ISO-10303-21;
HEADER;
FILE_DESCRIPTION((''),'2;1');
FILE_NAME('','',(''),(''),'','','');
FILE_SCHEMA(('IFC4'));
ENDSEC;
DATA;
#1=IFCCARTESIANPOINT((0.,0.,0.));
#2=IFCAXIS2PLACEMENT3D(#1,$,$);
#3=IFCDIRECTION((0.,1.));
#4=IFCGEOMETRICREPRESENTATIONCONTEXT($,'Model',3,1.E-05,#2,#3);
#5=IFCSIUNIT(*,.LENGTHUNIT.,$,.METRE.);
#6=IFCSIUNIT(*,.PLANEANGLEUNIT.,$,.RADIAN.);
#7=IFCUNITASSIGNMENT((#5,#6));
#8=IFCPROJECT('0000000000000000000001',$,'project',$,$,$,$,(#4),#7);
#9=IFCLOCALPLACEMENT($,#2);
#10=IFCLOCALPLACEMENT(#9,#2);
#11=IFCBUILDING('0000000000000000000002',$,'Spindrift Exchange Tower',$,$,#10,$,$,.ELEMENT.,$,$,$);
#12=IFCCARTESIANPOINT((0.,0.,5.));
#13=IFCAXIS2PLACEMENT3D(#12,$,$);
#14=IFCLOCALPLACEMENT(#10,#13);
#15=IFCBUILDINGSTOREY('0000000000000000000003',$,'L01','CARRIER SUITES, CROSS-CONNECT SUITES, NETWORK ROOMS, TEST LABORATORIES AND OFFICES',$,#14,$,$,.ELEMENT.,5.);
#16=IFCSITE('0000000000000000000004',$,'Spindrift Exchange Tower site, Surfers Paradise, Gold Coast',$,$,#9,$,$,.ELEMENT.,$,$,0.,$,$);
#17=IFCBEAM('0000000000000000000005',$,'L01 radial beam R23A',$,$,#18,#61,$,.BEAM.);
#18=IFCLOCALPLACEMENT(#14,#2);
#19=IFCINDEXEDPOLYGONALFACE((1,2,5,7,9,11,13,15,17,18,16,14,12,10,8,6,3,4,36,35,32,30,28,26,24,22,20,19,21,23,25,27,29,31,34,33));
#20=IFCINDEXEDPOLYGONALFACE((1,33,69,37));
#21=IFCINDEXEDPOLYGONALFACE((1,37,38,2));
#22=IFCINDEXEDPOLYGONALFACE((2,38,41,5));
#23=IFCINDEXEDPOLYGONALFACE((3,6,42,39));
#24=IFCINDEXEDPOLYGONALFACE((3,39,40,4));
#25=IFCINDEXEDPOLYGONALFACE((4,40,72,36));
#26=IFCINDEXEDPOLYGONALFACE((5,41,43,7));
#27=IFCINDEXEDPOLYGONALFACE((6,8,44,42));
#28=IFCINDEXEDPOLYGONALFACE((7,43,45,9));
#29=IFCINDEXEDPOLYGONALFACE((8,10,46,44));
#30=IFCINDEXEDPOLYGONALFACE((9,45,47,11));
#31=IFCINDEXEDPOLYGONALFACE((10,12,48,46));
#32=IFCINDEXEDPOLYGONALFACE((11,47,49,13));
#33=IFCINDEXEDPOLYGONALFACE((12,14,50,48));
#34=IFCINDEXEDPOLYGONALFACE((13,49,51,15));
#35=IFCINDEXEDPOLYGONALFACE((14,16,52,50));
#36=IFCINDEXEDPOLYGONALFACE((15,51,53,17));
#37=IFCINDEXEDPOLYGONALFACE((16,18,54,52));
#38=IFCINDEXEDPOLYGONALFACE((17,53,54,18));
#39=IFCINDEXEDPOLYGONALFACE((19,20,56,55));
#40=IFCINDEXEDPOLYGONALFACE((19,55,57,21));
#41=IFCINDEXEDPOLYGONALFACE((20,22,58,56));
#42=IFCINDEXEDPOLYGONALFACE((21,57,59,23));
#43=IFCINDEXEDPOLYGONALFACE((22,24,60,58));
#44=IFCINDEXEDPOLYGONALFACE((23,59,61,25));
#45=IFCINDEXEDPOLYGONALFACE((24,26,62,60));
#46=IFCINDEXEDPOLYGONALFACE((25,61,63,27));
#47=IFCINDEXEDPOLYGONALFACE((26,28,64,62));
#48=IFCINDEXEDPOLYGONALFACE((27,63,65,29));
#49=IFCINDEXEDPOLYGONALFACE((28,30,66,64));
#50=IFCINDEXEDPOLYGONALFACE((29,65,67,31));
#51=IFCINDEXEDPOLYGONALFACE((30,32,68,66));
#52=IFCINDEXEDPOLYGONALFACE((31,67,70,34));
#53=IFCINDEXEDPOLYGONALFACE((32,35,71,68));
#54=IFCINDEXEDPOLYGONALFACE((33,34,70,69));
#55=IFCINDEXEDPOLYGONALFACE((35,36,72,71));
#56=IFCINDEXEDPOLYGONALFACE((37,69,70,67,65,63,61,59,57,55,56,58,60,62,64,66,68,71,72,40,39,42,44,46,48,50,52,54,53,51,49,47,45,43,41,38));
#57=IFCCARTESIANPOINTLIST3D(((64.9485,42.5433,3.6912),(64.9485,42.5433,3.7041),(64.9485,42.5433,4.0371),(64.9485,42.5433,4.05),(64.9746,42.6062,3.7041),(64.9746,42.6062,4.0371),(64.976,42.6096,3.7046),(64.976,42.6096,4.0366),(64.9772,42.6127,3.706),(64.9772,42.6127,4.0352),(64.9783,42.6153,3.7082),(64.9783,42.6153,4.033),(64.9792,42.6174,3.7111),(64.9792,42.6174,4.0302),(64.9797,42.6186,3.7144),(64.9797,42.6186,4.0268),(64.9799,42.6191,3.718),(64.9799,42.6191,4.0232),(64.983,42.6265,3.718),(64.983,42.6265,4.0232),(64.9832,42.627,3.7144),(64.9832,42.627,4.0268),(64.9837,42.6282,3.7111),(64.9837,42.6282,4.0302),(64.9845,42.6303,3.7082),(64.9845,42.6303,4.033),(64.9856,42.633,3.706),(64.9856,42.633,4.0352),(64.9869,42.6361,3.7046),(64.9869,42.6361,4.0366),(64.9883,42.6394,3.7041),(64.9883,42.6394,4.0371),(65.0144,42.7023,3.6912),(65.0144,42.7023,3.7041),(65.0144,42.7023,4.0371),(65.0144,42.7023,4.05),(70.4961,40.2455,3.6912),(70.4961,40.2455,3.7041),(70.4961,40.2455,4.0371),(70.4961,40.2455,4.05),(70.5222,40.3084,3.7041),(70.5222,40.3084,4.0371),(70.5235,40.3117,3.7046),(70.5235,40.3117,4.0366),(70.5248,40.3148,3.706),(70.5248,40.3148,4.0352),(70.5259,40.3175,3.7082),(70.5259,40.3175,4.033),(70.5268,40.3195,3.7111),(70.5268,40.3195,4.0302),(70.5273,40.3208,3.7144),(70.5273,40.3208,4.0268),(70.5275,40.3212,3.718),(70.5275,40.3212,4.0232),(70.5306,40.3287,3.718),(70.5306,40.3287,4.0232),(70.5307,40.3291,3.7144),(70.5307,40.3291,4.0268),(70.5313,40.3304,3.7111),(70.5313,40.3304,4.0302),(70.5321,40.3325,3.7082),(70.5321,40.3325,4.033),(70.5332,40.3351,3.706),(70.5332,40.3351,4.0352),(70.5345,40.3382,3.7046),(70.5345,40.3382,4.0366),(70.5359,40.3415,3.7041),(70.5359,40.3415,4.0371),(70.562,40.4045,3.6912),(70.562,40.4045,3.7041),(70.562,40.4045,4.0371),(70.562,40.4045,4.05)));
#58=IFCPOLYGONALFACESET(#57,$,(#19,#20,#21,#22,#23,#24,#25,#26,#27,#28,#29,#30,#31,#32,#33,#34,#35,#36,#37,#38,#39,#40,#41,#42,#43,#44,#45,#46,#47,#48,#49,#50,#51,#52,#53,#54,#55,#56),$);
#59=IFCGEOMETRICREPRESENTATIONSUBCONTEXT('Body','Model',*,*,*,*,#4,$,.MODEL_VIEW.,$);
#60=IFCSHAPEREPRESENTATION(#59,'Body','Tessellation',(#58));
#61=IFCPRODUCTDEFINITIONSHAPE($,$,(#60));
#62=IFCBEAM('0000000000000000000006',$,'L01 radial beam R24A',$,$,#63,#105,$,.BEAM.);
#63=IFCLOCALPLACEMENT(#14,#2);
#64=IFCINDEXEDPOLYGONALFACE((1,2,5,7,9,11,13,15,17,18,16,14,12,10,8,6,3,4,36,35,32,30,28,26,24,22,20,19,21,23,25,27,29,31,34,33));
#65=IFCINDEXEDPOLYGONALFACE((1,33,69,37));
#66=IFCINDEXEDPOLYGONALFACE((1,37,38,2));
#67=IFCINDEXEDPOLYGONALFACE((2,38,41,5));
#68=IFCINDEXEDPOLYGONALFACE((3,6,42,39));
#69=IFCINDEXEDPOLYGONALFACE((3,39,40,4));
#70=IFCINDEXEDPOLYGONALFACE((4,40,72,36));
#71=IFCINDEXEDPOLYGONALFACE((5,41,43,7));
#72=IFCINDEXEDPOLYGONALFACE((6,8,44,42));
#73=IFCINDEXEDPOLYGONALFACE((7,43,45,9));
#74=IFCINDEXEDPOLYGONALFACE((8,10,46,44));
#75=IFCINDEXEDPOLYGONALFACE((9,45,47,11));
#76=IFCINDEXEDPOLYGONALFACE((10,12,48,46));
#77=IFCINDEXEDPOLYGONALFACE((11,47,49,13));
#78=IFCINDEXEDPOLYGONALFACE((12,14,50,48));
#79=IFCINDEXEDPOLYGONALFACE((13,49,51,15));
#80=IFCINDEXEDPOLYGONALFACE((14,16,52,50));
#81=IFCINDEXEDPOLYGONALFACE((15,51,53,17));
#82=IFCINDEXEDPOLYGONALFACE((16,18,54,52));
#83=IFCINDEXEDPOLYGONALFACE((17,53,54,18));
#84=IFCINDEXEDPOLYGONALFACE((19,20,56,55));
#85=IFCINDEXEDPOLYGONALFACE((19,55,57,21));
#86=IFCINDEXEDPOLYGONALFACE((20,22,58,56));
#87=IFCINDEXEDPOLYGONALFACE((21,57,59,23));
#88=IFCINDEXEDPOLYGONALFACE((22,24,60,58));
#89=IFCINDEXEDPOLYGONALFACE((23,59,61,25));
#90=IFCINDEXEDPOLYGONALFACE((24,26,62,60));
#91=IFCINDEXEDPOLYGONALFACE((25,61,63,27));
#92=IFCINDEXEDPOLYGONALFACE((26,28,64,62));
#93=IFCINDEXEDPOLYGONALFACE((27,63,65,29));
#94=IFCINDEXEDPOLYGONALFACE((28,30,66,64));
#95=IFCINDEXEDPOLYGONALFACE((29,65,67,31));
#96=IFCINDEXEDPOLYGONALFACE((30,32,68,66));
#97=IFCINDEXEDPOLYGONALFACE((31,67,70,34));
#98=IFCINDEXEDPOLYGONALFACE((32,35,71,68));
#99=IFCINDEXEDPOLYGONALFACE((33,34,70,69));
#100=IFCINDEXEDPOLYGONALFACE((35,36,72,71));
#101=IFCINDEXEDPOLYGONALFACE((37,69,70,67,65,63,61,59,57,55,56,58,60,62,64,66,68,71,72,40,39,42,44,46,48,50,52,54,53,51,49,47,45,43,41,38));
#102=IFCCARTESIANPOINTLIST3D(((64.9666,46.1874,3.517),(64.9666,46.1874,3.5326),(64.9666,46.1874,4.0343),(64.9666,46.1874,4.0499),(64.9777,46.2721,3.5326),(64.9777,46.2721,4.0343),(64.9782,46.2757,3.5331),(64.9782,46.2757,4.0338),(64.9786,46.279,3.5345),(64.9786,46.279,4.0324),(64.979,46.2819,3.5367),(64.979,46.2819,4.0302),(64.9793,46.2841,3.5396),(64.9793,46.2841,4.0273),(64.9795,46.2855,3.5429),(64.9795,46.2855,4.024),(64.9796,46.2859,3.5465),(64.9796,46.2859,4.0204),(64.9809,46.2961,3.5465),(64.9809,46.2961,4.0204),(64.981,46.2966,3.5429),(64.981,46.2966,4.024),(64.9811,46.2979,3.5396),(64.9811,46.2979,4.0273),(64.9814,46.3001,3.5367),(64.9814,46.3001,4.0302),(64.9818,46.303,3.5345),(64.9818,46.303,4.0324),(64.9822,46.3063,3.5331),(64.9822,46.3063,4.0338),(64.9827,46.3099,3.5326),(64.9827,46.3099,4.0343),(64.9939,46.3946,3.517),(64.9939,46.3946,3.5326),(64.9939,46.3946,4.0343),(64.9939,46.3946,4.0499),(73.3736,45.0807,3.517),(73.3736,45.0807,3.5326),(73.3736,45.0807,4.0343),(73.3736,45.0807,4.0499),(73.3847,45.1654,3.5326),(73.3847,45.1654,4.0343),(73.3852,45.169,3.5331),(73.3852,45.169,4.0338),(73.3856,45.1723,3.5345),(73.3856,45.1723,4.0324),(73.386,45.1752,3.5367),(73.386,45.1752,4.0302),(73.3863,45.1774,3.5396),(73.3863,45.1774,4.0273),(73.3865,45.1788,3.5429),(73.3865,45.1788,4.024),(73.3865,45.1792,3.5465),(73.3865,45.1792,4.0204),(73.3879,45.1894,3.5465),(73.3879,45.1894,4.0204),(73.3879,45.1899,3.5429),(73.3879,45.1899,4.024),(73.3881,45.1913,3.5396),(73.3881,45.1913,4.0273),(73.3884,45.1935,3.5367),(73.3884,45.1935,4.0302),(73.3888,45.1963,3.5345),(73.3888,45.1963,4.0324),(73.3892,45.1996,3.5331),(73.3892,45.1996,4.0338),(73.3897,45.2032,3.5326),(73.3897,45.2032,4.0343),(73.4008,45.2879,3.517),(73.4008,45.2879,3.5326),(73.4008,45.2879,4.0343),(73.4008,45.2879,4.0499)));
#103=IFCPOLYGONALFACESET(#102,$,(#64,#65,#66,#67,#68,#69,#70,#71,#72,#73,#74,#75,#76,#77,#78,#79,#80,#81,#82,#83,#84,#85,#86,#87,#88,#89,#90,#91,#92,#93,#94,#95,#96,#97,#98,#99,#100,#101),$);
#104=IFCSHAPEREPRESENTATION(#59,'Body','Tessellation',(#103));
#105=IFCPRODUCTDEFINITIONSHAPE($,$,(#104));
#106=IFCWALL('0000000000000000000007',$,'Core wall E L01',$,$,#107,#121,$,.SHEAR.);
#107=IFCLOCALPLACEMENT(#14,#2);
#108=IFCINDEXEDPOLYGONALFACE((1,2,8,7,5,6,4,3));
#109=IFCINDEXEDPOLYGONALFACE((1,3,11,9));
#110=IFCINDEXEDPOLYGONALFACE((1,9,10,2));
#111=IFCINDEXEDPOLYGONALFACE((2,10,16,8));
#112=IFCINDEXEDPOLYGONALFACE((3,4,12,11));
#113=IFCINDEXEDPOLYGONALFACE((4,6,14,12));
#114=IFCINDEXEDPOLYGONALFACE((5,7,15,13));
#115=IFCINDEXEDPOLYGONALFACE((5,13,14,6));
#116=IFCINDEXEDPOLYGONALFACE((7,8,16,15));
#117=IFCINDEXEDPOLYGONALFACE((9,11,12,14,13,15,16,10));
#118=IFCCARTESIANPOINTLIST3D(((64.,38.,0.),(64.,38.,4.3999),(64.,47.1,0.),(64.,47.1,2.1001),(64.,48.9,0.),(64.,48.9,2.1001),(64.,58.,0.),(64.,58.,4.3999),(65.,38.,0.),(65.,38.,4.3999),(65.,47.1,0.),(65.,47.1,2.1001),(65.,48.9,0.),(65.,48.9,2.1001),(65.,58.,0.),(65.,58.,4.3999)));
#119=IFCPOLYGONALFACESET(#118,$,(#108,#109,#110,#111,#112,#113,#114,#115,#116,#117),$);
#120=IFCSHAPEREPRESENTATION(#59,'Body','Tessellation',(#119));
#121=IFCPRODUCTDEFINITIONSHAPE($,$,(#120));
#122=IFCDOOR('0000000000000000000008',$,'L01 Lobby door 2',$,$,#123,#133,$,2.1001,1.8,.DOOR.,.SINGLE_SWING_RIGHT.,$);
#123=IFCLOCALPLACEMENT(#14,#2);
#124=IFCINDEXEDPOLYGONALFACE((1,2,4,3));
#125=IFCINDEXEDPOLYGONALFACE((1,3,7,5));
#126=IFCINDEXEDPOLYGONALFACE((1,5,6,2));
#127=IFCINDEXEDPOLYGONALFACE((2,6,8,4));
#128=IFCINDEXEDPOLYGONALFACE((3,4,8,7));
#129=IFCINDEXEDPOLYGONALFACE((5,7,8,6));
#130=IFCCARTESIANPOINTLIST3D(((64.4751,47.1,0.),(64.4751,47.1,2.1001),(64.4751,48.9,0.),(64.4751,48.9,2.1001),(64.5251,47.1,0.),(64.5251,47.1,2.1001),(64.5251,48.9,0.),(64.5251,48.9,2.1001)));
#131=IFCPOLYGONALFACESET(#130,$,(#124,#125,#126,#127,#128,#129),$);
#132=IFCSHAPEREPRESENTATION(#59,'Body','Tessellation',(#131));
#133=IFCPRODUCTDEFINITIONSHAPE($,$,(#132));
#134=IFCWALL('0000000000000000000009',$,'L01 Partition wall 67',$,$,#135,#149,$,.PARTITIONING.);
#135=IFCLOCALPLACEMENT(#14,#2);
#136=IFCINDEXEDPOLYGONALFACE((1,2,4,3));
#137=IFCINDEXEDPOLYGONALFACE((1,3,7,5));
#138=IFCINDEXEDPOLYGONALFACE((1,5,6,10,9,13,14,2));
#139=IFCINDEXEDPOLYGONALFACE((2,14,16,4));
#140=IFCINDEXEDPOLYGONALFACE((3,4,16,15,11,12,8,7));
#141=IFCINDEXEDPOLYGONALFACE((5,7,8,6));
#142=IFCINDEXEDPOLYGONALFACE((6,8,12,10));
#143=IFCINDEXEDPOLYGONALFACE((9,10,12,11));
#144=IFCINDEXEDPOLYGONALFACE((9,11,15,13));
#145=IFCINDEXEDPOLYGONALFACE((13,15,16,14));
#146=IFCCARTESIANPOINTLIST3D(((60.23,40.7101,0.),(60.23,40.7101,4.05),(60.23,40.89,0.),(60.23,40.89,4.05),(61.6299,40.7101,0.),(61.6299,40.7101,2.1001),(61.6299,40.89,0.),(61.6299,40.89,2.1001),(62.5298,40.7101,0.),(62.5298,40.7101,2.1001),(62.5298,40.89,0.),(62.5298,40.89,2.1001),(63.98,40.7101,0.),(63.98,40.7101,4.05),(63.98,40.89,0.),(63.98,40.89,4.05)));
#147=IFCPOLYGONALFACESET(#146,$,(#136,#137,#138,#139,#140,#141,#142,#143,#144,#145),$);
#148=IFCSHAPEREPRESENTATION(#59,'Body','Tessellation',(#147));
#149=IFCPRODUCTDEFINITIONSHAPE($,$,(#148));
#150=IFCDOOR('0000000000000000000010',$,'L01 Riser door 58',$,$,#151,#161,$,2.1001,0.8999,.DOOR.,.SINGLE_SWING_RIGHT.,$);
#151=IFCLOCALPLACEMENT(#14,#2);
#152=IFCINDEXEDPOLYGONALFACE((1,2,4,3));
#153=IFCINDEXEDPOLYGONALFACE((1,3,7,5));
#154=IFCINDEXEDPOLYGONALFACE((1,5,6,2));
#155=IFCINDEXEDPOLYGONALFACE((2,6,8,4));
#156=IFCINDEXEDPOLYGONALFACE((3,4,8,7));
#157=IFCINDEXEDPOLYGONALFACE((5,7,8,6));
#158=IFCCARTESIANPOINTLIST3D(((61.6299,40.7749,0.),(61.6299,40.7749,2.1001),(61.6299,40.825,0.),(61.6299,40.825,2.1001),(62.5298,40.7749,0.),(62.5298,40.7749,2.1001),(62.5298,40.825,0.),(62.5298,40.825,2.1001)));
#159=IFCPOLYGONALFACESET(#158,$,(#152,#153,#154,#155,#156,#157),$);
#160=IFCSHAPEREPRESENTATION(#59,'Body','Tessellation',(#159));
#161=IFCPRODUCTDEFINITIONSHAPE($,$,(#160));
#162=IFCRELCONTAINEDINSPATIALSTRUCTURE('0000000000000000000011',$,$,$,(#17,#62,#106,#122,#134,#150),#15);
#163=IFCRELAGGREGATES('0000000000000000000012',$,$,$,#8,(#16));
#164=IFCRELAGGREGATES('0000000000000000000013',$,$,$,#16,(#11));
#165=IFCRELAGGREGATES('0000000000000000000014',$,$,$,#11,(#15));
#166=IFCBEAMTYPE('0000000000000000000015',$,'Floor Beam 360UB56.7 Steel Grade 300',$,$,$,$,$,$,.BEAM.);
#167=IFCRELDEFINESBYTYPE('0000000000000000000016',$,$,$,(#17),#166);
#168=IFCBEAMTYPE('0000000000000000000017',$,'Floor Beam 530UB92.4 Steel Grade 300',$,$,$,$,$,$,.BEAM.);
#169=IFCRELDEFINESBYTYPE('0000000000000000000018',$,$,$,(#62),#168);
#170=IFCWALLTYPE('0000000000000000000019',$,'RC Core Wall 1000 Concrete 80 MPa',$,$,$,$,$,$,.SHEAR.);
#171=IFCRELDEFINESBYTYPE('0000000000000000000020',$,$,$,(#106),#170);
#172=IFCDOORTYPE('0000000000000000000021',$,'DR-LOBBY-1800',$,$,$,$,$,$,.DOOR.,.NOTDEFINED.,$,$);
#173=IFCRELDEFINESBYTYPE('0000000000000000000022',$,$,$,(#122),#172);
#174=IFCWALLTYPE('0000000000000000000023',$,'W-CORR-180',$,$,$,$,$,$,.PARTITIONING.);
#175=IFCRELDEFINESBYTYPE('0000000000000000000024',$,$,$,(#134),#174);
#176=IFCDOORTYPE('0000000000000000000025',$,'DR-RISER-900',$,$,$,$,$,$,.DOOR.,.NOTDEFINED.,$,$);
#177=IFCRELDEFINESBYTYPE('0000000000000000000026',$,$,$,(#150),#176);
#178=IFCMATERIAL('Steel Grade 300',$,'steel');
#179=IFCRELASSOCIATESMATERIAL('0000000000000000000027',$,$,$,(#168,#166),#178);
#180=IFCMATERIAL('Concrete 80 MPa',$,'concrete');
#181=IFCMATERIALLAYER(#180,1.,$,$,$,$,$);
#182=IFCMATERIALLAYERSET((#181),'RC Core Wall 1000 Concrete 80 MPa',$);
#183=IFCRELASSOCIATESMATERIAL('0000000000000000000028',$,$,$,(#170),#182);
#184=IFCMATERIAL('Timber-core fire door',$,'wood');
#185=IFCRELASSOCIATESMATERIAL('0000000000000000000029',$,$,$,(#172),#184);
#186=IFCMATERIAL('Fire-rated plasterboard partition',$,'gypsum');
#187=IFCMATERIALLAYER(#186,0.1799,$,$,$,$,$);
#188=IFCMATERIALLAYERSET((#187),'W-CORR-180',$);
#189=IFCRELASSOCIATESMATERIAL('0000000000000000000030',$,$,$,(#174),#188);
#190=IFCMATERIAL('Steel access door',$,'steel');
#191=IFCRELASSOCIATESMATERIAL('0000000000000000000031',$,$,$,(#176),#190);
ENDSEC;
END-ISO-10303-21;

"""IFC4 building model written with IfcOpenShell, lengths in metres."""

from ifc_helpers import new_model, si_unit, direction, frame, frame_2d, origin, origin_2d, place, context, subcontext, project, spatial, rectangle, i_section, extrude, source, transform, mapped, material, layer, layer_set, material_profile, profile_set, type_object, element, fill, save


model = new_model("IFC4")

# Units and contexts
model_context = context("Model", 3, precision=1e-05, world=origin(), true_north=direction((0.0, 1.0)))
body_context = subcontext(model_context, "Body", "Model", "MODEL_VIEW")
ifc_project = project(units=[si_unit("LENGTHUNIT", "METRE"), si_unit("PLANEANGLEUNIT", "RADIAN")], contexts=[model_context])

# Site, building, storey
site_placement = place(None, origin())
site = spatial("IfcSite", under=ifc_project, at=site_placement, Name="Spindrift Exchange Tower site, Surfers Paradise, Gold Coast", CompositionType="ELEMENT", RefElevation=0.0)
building_placement = place(site_placement, origin())
building = spatial("IfcBuilding", under=site, at=building_placement, Name="Spindrift Exchange Tower", CompositionType="ELEMENT")
storey_placement = place(building_placement, frame((0.0, 0.0, 5.0)))
storey = spatial("IfcBuildingStorey", under=building, at=storey_placement, Name="L01", Description="CARRIER SUITES, CROSS-CONNECT SUITES, NETWORK ROOMS, TEST LABORATORIES AND OFFICES", CompositionType="ELEMENT", Elevation=5.0)

# Shared definitions
ifc_material_1 = material(Name="Concrete 80 MPa", Category="concrete")

# Beams
ifc_material_2 = material(Name="Steel Grade 300", Category="steel")
ifc_material_profile_1 = material_profile(ifc_material_2, i_section(OverallWidth=0.209, OverallDepth=0.533, WebThickness=0.0103, FlangeThickness=0.0156, FilletRadius=0.0139, at=origin_2d()), Name="530UB92.4")
ifc_profile_set_1 = profile_set([ifc_material_profile_1], Name="Steel Grade 300")
beam_type_1 = type_object("IfcBeamType", Name="Floor Beam 530UB92.4 Steel Grade 300", PredefinedType="BEAM", material=ifc_profile_set_1)
ifc_material_profile_2 = material_profile(ifc_material_2, i_section(OverallWidth=0.1721, OverallDepth=0.3589, WebThickness=0.0081, FlangeThickness=0.0129, FilletRadius=0.0139, at=origin_2d()), Name="360UB56.7")
ifc_profile_set_2 = profile_set([ifc_material_profile_2], Name="Steel Grade 300")
beam_type_2 = type_object("IfcBeamType", Name="Floor Beam 360UB56.7 Steel Grade 300", PredefinedType="BEAM", material=ifc_profile_set_2)
shared_shape_1 = source(origin(), body_context, "Body", "SweptSolid", [
    extrude(i_section(OverallWidth=0.1721, OverallDepth=0.3589, WebThickness=0.0081, FlangeThickness=0.0129, FilletRadius=0.0139, at=origin_2d()), origin(), (0.0, 0.0, 1.0), 6.0046),
])
beam_1_placement = place(storey_placement, frame((64.9814, 42.6228, 3.8706), z_axis=(0.923882, -0.382677, 0.0), x_axis=(0.382677, 0.923882, 0.0)))
element("IfcBeam", 1, at=beam_1_placement, inside=storey, type_object=beam_type_2, Name="L01 radial beam R23A", PredefinedType="BEAM", context=body_context, shape_type="MappedRepresentation", body=[
    mapped(shared_shape_1, transform((0.0, 0.0, 0.0), scale=1.0)),
])
shared_shape_2 = source(origin(), body_context, "Body", "SweptSolid", [
    extrude(i_section(OverallWidth=0.209, OverallDepth=0.533, WebThickness=0.0103, FlangeThickness=0.0156, FilletRadius=0.0139, at=origin_2d()), origin(), (0.0, 0.0, 1.0), 8.4795),
])
beam_2_placement = place(storey_placement, frame((64.9802, 46.291, 3.7834), z_axis=(0.991447, -0.130513, 0.0), x_axis=(0.130513, 0.991447, 0.0)))
element("IfcBeam", 2, at=beam_2_placement, inside=storey, type_object=beam_type_1, Name="L01 radial beam R24A", PredefinedType="BEAM", context=body_context, shape_type="MappedRepresentation", body=[
    mapped(shared_shape_2, transform((0.0, 0.0, 0.0), scale=1.0)),
])

# Walls, openings, doors
ifc_layer_1 = layer(ifc_material_1, 1.0)
ifc_layer_set_1 = layer_set([ifc_layer_1], Name="RC Core Wall 1000 Concrete 80 MPa")
wall_type_1 = type_object("IfcWallType", Name="RC Core Wall 1000 Concrete 80 MPa", PredefinedType="SHEAR", material=ifc_layer_set_1)
wall_1_placement = place(storey_placement, frame((64.5, 38.0, 0.0), z_axis=(0.0, 0.0, 1.0), x_axis=(0.0, 1.0, 0.0)))
wall_1 = element("IfcWall", 3, at=wall_1_placement, inside=storey, type_object=wall_type_1, Name="Core wall E L01", PredefinedType="SHEAR", context=body_context, shape_type="SweptSolid", body=[
    extrude(rectangle(XDim=20.0, YDim=1.0, at=frame_2d((10.0, 0.0))), origin(), (0.0, 0.0, 1.0), 4.3999),
])
opening_1_placement = place(wall_1_placement, frame((9.1001, 0.0, 0.0)))
opening_1 = element("IfcOpeningElement", 4, at=opening_1_placement, cuts=wall_1, PredefinedType="OPENING", context=body_context, shape_type="SweptSolid", body=[
    extrude(rectangle(XDim=1.8, YDim=2.1001, at=frame_2d((0.8999, 1.05))), frame((0.0, 0.51, 0.0), z_axis=(0.0, -1.0, 0.0), x_axis=(1.0, 0.0, 0.0)), (0.0, 0.0, 1.0), 1.02),
])
ifc_material_3 = material(Name="Timber-core fire door", Category="wood")
door_type_1 = type_object("IfcDoorType", Name="DR-LOBBY-1800", OperationType="NOTDEFINED", PredefinedType="DOOR", material=ifc_material_3)
shared_shape_3 = source(origin(), body_context, "Body", "SweptSolid", [
    extrude(rectangle(XDim=1.8, YDim=2.1001, at=frame_2d((0.8999, 1.05))), frame((0.0, 0.0249, 0.0), z_axis=(0.0, -1.0, 0.0), x_axis=(1.0, 0.0, 0.0)), (0.0, 0.0, 1.0), 0.05),
])
door_1_placement = place(opening_1_placement, origin())
door_1 = element("IfcDoor", 5, at=door_1_placement, inside=storey, type_object=door_type_1, Name="L01 Lobby door 2", OperationType="SINGLE_SWING_RIGHT", OverallHeight=2.1001, OverallWidth=1.8, PredefinedType="DOOR", context=body_context, shape_type="MappedRepresentation", body=[
    mapped(shared_shape_3, transform((0.0, 0.0, 0.0), scale=1.0)),
])
fill(opening_1, door_1)
ifc_material_4 = material(Name="Fire-rated plasterboard partition", Category="gypsum")
ifc_layer_2 = layer(ifc_material_4, 0.1799)
ifc_layer_set_2 = layer_set([ifc_layer_2], Name="W-CORR-180")
wall_type_2 = type_object("IfcWallType", Name="W-CORR-180", PredefinedType="PARTITIONING", material=ifc_layer_set_2)
wall_2_placement = place(storey_placement, frame((60.23, 40.8, 0.0), z_axis=(0.0, 0.0, 1.0), x_axis=(1.0, 0.0, 0.0)))
wall_2 = element("IfcWall", 6, at=wall_2_placement, inside=storey, type_object=wall_type_2, Name="L01 Partition wall 67", PredefinedType="PARTITIONING", context=body_context, shape_type="SweptSolid", body=[
    extrude(rectangle(XDim=3.75, YDim=0.1799, at=frame_2d((1.875, 0.0))), origin(), (0.0, 0.0, 1.0), 4.05),
])
opening_2_placement = place(wall_2_placement, frame((1.3999, 0.0, 0.0)))
opening_2 = element("IfcOpeningElement", 7, at=opening_2_placement, cuts=wall_2, PredefinedType="OPENING", context=body_context, shape_type="SweptSolid", body=[
    extrude(rectangle(XDim=0.8999, YDim=2.1001, at=frame_2d((0.45, 1.05))), frame((0.0, 0.0999, 0.0), z_axis=(0.0, -1.0, 0.0), x_axis=(1.0, 0.0, 0.0)), (0.0, 0.0, 1.0), 0.2),
])
ifc_material_5 = material(Name="Steel access door", Category="steel")
door_type_2 = type_object("IfcDoorType", Name="DR-RISER-900", OperationType="NOTDEFINED", PredefinedType="DOOR", material=ifc_material_5)
shared_shape_4 = source(origin(), body_context, "Body", "SweptSolid", [
    extrude(rectangle(XDim=0.8999, YDim=2.1001, at=frame_2d((0.45, 1.05))), frame((0.0, 0.0249, 0.0), z_axis=(0.0, -1.0, 0.0), x_axis=(1.0, 0.0, 0.0)), (0.0, 0.0, 1.0), 0.05),
])
door_2_placement = place(opening_2_placement, origin())
door_2 = element("IfcDoor", 8, at=door_2_placement, inside=storey, type_object=door_type_2, Name="L01 Riser door 58", OperationType="SINGLE_SWING_RIGHT", OverallHeight=2.1001, OverallWidth=0.8999, PredefinedType="DOOR", context=body_context, shape_type="MappedRepresentation", body=[
    mapped(shared_shape_4, transform((0.0, 0.0, 0.0), scale=1.0)),
])
fill(opening_2, door_2)

save(model, "model.ifc")
